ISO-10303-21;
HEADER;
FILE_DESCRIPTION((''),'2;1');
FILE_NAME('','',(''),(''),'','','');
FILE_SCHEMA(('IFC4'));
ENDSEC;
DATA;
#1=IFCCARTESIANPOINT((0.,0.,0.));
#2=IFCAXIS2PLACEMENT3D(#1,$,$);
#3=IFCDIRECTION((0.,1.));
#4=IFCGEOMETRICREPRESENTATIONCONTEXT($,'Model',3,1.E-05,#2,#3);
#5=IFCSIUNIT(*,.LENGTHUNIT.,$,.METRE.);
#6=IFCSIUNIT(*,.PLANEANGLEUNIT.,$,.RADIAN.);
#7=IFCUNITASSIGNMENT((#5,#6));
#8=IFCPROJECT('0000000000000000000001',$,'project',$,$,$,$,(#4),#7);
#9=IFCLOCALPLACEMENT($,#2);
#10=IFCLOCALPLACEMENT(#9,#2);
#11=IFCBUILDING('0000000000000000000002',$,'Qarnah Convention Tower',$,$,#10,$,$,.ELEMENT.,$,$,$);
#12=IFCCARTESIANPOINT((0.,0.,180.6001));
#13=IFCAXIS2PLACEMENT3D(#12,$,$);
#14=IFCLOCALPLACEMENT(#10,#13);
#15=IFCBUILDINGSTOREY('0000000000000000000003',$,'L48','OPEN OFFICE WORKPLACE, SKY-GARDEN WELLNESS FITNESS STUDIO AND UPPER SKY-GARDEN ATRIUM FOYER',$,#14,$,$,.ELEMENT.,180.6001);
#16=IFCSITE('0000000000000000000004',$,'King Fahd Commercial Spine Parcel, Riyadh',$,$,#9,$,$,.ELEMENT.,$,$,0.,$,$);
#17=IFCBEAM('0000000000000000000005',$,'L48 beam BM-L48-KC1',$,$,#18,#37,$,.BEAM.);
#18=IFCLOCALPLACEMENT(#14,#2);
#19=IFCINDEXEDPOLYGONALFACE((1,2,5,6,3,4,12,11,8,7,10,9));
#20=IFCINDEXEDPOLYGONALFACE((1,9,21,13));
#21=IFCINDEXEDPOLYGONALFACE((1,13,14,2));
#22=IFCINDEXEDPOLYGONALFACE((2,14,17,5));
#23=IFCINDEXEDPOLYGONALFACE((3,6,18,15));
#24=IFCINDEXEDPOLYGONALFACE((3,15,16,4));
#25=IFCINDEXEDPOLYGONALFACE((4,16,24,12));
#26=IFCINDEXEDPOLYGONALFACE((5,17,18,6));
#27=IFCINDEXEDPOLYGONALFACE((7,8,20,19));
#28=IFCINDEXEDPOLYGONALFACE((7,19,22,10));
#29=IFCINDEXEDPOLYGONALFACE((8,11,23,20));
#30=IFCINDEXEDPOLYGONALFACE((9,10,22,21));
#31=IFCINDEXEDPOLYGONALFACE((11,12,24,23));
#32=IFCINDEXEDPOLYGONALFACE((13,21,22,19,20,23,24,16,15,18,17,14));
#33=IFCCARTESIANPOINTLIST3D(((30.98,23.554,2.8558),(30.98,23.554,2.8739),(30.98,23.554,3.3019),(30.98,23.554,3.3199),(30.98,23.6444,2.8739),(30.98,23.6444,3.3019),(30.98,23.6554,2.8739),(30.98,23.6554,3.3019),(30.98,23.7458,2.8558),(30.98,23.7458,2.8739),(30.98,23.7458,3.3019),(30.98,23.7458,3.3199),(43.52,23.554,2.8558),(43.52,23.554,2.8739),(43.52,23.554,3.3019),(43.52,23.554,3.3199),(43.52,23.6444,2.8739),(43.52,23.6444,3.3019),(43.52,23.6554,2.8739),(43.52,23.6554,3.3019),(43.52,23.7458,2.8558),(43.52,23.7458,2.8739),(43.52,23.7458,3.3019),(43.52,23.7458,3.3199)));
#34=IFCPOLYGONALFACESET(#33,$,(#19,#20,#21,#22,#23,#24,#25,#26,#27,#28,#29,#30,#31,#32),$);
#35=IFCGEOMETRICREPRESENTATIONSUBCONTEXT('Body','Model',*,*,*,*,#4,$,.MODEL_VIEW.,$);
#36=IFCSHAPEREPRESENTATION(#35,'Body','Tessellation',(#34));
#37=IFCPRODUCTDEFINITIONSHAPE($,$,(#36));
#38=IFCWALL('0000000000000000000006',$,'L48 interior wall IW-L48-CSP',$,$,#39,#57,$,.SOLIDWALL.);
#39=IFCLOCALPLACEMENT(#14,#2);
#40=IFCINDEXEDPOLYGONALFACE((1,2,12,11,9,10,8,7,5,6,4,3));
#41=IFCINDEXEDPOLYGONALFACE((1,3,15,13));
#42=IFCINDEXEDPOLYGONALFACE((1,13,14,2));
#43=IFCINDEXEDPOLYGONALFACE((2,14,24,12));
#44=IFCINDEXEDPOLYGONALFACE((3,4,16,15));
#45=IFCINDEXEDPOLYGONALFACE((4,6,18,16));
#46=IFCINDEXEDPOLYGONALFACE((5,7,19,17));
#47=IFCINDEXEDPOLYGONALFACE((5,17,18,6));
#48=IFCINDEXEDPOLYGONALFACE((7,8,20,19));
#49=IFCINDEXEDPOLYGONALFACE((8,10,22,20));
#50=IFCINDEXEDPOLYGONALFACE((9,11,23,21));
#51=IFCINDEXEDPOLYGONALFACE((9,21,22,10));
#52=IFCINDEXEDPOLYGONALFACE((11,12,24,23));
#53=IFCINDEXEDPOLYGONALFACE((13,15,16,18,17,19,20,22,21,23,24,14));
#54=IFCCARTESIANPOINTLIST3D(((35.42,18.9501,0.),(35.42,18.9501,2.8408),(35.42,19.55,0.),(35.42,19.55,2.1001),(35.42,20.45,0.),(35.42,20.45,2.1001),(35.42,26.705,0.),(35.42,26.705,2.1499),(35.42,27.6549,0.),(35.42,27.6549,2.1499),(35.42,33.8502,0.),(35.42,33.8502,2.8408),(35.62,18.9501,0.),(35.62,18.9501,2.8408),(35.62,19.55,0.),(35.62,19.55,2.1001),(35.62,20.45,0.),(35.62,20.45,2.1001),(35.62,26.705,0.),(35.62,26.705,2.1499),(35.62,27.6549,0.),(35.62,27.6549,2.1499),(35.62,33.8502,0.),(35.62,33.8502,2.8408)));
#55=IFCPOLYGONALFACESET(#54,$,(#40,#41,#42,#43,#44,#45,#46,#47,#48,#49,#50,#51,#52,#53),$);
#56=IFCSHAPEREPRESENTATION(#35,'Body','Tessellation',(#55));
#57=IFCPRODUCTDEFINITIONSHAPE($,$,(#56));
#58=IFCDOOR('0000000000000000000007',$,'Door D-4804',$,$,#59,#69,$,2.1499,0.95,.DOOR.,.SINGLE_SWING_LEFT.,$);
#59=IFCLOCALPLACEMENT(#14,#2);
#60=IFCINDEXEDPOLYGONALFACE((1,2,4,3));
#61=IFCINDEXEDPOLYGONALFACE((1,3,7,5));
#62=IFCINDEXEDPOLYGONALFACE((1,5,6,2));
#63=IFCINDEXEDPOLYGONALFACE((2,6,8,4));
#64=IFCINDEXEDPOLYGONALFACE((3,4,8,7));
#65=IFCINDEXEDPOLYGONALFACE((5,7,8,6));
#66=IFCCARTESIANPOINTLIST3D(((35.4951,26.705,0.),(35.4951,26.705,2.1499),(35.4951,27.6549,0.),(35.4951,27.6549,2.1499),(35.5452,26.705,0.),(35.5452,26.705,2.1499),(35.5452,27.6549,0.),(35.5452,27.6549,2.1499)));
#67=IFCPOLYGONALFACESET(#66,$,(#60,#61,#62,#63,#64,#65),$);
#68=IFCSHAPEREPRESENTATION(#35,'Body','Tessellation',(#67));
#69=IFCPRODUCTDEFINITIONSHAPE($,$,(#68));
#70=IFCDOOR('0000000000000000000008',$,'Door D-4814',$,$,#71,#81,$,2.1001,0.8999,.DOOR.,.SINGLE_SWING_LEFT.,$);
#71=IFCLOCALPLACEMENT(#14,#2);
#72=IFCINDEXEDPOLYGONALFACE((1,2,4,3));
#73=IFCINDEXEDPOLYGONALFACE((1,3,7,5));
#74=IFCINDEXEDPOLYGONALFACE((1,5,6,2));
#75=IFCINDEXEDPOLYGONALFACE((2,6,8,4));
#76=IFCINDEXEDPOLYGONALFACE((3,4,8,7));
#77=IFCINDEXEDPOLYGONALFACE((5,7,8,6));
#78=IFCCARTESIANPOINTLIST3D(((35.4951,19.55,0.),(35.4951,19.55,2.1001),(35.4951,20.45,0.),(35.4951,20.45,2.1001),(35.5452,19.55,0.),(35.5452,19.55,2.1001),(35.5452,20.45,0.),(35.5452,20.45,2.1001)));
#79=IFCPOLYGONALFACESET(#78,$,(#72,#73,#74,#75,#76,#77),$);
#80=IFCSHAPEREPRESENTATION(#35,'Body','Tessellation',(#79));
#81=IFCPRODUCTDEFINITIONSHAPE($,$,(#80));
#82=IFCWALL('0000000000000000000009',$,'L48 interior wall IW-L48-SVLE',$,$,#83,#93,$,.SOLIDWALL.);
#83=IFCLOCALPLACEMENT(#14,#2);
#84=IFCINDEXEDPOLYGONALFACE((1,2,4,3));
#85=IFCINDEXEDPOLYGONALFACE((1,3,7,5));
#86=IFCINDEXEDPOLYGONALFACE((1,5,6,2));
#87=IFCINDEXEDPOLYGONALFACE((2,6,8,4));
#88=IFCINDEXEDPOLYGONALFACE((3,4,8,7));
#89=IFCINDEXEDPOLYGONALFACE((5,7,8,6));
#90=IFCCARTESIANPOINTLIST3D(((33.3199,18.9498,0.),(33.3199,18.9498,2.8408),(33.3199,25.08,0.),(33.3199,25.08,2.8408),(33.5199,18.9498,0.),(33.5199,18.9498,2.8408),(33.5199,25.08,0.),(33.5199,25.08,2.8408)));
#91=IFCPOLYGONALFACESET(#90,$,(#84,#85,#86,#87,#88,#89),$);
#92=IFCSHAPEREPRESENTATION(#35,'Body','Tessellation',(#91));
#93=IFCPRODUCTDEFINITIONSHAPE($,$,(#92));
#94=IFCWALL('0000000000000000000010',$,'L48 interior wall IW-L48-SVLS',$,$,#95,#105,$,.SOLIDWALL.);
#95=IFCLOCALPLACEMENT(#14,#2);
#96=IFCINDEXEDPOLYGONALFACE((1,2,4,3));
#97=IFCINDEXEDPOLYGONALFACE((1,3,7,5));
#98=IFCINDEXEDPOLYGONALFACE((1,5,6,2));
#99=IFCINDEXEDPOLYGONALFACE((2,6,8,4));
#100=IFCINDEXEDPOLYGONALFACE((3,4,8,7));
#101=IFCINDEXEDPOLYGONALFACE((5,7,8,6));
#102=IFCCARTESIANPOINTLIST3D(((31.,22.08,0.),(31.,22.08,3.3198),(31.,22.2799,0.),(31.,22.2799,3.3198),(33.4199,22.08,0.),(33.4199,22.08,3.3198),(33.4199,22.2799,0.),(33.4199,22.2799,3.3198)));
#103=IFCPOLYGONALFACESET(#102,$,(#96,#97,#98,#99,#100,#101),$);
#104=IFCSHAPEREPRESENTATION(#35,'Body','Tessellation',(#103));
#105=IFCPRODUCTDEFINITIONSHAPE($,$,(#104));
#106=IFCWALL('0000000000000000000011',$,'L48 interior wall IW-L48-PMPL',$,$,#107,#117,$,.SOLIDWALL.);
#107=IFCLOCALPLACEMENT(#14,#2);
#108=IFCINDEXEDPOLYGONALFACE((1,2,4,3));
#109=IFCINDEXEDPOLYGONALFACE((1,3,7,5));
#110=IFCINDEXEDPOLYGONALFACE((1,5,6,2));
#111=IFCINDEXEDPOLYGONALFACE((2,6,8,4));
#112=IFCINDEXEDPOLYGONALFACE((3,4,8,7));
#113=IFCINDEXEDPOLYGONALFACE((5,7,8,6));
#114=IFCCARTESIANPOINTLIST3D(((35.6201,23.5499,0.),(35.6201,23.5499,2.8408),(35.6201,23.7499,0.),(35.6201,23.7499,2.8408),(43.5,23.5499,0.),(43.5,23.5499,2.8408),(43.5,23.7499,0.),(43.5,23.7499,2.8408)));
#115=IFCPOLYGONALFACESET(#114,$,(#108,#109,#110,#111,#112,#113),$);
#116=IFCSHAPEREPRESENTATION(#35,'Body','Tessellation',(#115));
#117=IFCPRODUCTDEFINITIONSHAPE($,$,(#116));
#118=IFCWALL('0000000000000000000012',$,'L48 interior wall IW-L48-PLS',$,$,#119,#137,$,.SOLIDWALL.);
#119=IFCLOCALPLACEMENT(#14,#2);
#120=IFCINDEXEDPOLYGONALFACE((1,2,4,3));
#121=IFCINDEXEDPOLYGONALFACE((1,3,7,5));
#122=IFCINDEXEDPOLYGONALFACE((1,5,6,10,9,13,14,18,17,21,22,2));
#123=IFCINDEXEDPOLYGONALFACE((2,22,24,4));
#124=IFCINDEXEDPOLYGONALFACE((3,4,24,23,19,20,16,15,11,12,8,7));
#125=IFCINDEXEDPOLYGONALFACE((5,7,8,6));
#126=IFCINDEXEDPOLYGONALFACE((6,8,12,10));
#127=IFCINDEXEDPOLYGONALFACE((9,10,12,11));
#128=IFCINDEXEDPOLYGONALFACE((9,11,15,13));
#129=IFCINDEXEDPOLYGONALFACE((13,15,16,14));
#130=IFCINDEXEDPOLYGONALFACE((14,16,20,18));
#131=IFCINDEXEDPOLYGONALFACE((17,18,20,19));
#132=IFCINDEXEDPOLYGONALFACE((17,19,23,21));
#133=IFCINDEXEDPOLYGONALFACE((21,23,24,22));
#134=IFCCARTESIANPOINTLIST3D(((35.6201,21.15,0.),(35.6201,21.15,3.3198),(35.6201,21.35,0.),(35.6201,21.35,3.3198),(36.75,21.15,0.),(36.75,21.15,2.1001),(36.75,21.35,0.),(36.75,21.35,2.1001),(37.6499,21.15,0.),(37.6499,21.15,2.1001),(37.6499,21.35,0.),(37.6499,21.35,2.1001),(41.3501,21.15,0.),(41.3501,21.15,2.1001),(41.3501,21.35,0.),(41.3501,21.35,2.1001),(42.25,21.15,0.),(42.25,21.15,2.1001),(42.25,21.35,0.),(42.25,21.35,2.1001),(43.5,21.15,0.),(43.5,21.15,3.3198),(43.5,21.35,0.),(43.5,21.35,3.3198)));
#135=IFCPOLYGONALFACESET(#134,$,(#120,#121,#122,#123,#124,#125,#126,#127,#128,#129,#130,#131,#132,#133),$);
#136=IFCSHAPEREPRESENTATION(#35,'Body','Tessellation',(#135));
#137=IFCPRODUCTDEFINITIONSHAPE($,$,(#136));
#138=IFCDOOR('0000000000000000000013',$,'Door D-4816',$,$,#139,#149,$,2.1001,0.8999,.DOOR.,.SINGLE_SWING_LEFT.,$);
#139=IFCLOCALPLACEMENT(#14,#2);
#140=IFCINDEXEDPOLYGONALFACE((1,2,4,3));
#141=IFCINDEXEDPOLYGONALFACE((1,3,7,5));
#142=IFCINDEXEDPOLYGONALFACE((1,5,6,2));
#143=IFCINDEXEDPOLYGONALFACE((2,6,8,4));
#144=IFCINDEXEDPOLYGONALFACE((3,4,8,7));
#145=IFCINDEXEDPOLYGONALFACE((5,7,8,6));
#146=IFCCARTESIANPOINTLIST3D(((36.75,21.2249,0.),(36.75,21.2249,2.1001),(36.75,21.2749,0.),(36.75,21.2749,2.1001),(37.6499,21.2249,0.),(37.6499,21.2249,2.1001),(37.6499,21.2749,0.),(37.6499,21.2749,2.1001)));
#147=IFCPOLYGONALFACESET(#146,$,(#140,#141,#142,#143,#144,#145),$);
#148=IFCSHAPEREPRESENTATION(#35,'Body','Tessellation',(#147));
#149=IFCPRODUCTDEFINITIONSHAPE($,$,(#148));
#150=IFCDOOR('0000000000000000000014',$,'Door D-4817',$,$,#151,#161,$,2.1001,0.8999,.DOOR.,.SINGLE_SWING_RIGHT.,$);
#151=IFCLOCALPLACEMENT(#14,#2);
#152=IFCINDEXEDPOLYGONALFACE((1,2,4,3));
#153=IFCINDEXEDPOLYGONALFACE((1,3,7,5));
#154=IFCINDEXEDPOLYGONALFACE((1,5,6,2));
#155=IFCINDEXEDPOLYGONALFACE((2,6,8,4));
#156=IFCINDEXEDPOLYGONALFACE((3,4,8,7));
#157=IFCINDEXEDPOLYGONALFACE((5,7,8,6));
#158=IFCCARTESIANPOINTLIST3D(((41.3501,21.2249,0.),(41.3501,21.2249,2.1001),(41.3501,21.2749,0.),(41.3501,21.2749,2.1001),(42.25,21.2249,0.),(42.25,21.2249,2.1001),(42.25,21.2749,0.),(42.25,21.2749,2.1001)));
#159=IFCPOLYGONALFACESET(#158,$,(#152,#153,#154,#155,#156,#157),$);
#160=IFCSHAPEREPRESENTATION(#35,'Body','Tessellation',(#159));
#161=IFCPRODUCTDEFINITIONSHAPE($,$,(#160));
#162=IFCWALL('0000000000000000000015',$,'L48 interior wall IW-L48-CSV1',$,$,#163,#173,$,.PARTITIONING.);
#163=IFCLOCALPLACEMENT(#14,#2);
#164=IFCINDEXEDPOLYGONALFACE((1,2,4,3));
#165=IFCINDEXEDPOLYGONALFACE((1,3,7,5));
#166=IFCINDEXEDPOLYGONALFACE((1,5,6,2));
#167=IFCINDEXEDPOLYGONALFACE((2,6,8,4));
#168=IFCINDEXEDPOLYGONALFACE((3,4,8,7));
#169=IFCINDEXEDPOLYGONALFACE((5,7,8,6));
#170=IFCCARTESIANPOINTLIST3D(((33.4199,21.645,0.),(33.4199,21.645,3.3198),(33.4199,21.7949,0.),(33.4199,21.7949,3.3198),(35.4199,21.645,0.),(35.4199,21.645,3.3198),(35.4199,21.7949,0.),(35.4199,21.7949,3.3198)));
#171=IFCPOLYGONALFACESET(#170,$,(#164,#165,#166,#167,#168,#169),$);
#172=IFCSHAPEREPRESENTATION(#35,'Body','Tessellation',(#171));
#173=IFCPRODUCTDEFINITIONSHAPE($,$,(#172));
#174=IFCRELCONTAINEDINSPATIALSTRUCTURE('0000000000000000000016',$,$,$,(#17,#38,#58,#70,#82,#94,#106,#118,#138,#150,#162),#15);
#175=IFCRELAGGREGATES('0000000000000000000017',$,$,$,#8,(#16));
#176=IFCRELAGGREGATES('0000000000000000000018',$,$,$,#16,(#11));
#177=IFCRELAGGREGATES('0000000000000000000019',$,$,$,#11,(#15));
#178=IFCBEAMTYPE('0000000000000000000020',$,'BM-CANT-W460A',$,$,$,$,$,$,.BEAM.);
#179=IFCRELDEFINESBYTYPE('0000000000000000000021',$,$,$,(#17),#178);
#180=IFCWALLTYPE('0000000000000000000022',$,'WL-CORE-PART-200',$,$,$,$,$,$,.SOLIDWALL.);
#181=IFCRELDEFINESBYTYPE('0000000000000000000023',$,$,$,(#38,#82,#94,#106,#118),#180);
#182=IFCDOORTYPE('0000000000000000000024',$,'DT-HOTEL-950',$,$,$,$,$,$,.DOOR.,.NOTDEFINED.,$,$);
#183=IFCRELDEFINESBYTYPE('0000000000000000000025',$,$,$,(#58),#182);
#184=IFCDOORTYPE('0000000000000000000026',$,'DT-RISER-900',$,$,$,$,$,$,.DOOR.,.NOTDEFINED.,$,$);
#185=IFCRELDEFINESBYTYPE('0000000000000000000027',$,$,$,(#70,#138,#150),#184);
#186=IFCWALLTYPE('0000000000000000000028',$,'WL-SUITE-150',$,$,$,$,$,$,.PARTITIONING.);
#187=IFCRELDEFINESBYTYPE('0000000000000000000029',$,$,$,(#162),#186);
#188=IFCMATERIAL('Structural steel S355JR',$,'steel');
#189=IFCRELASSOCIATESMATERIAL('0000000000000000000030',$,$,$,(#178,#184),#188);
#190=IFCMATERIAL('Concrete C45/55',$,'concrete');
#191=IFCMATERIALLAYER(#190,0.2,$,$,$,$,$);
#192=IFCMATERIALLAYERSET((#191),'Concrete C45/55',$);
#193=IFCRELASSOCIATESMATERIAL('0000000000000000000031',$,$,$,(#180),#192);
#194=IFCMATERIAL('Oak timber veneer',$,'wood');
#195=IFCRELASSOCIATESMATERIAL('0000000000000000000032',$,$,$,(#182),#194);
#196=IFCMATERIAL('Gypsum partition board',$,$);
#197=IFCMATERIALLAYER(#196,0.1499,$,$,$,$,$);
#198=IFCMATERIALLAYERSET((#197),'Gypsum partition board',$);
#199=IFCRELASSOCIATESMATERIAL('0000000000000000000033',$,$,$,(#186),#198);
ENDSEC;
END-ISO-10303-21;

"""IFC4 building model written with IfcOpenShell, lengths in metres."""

from ifc_helpers import new_model, si_unit, direction, frame, frame_2d, origin, origin_2d, place, context, subcontext, project, spatial, rectangle, i_section, extrude, material, layer, layer_set, material_profile, profile_set, type_object, element, fill, save


model = new_model("IFC4")

# Units and contexts
model_context = context("Model", 3, precision=1e-05, world=origin(), true_north=direction((0.0, 1.0)))
body_context = subcontext(model_context, "Body", "Model", "MODEL_VIEW")
ifc_project = project(units=[si_unit("LENGTHUNIT", "METRE"), si_unit("PLANEANGLEUNIT", "RADIAN")], contexts=[model_context])

# Site, building, storey
site_placement = place(None, origin())
site = spatial("IfcSite", under=ifc_project, at=site_placement, Name="King Fahd Commercial Spine Parcel, Riyadh", CompositionType="ELEMENT", RefElevation=0.0)
building_placement = place(site_placement, origin())
building = spatial("IfcBuilding", under=site, at=building_placement, Name="Qarnah Convention Tower", CompositionType="ELEMENT")
storey_placement = place(building_placement, frame((0.0, 0.0, 180.6001)))
storey = spatial("IfcBuildingStorey", under=building, at=storey_placement, Name="L48", Description="OPEN OFFICE WORKPLACE, SKY-GARDEN WELLNESS FITNESS STUDIO AND UPPER SKY-GARDEN ATRIUM FOYER", CompositionType="ELEMENT", Elevation=180.6001)

# Beam
ifc_material_1 = material(Name="Structural steel S355JR", Category="steel")
ifc_material_profile = material_profile(ifc_material_1, i_section(OverallWidth=0.1919, OverallDepth=0.4641, WebThickness=0.011, FlangeThickness=0.0181, at=origin_2d()), Name="W460X89")
ifc_profile_set = profile_set([ifc_material_profile], Name="Structural steel S355JR")
beam_type = type_object("IfcBeamType", Name="BM-CANT-W460A", PredefinedType="BEAM", material=ifc_profile_set)
beam_placement = place(storey_placement, frame((30.98, 23.6499, 3.0879), z_axis=(1.0, 0.0, 0.0), x_axis=(0.0, 1.0, 0.0)))
element("IfcBeam", 1, at=beam_placement, inside=storey, type_object=beam_type, Name="L48 beam BM-L48-KC1", PredefinedType="BEAM", context=body_context, shape_type="SweptSolid", body=[
    extrude(i_section(OverallWidth=0.1919, OverallDepth=0.4641, WebThickness=0.011, FlangeThickness=0.0181, at=origin_2d()), origin(), (0.0, 0.0, 1.0), 12.54),
])

# Wall, openings, doors
ifc_material_2 = material(Name="Concrete C45/55", Category="concrete")
ifc_layer_1 = layer(ifc_material_2, 0.2)
ifc_layer_set_1 = layer_set([ifc_layer_1], Name="Concrete C45/55")
wall_type_1 = type_object("IfcWallType", Name="WL-CORE-PART-200", PredefinedType="SOLIDWALL", material=ifc_layer_set_1)
wall_1_placement = place(storey_placement, frame((35.52, 18.95, 0.0), z_axis=(0.0, 0.0, 1.0), x_axis=(0.0, 1.0, 0.0)))
wall_1 = element("IfcWall", 2, at=wall_1_placement, inside=storey, type_object=wall_type_1, Name="L48 interior wall IW-L48-CSP", PredefinedType="SOLIDWALL", context=body_context, shape_type="SweptSolid", body=[
    extrude(rectangle(XDim=14.9001, YDim=0.2, at=frame_2d((7.4502, 0.0))), origin(), (0.0, 0.0, 1.0), 2.8408),
])
opening_1_placement = place(wall_1_placement, frame((7.7549, 0.0, 0.0)))
opening_1 = element("IfcOpeningElement", 3, at=opening_1_placement, cuts=wall_1, PredefinedType="OPENING", context=body_context, shape_type="SweptSolid", body=[
    extrude(rectangle(XDim=0.95, YDim=2.1499, at=frame_2d((0.4751, 1.075))), frame((0.0, 0.1099, 0.0), z_axis=(0.0, -1.0, 0.0), x_axis=(1.0, 0.0, 0.0)), (0.0, 0.0, 1.0), 0.22),
])
opening_2_placement = place(wall_1_placement, frame((0.6001, 0.0, 0.0)))
opening_2 = element("IfcOpeningElement", 4, at=opening_2_placement, cuts=wall_1, PredefinedType="OPENING", context=body_context, shape_type="SweptSolid", body=[
    extrude(rectangle(XDim=0.8999, YDim=2.1001, at=frame_2d((0.45, 1.05))), frame((0.0, 0.1099, 0.0), z_axis=(0.0, -1.0, 0.0), x_axis=(1.0, 0.0, 0.0)), (0.0, 0.0, 1.0), 0.22),
])
ifc_material_3 = material(Name="Oak timber veneer", Category="wood")
door_type_1 = type_object("IfcDoorType", Name="DT-HOTEL-950", OperationType="NOTDEFINED", PredefinedType="DOOR", material=ifc_material_3)
door_1_placement = place(opening_1_placement, origin())
door_1 = element("IfcDoor", 5, at=door_1_placement, inside=storey, type_object=door_type_1, Name="Door D-4804", OperationType="SINGLE_SWING_LEFT", OverallHeight=2.1499, OverallWidth=0.95, PredefinedType="DOOR", context=body_context, shape_type="SweptSolid", body=[
    extrude(rectangle(XDim=0.95, YDim=2.1499, at=frame_2d((0.4751, 1.075))), frame((0.0, 0.0249, 0.0), z_axis=(0.0, -1.0, 0.0), x_axis=(1.0, 0.0, 0.0)), (0.0, 0.0, 1.0), 0.05),
])
fill(opening_1, door_1)
door_type_2 = type_object("IfcDoorType", Name="DT-RISER-900", OperationType="NOTDEFINED", PredefinedType="DOOR", material=ifc_material_1)
door_2_placement = place(opening_2_placement, origin())
door_2 = element("IfcDoor", 6, at=door_2_placement, inside=storey, type_object=door_type_2, Name="Door D-4814", OperationType="SINGLE_SWING_LEFT", OverallHeight=2.1001, OverallWidth=0.8999, PredefinedType="DOOR", context=body_context, shape_type="SweptSolid", body=[
    extrude(rectangle(XDim=0.8999, YDim=2.1001, at=frame_2d((0.45, 1.05))), frame((0.0, 0.0249, 0.0), z_axis=(0.0, -1.0, 0.0), x_axis=(1.0, 0.0, 0.0)), (0.0, 0.0, 1.0), 0.05),
])
fill(opening_2, door_2)

# Walls
wall_2_placement = place(storey_placement, frame((33.4199, 18.95, 0.0), z_axis=(0.0, 0.0, 1.0), x_axis=(0.0, 1.0, 0.0)))
element("IfcWall", 7, at=wall_2_placement, inside=storey, type_object=wall_type_1, Name="L48 interior wall IW-L48-SVLE", PredefinedType="SOLIDWALL", context=body_context, shape_type="SweptSolid", body=[
    extrude(rectangle(XDim=6.1301, YDim=0.2, at=frame_2d((3.0649, 0.0))), origin(), (0.0, 0.0, 1.0), 2.8408),
])
wall_3_placement = place(storey_placement, frame((31.0, 22.1799, 0.0), z_axis=(0.0, 0.0, 1.0), x_axis=(1.0, 0.0, 0.0)))
element("IfcWall", 8, at=wall_3_placement, inside=storey, type_object=wall_type_1, Name="L48 interior wall IW-L48-SVLS", PredefinedType="SOLIDWALL", context=body_context, shape_type="SweptSolid", body=[
    extrude(rectangle(XDim=2.4199, YDim=0.2, at=frame_2d((1.21, 0.0))), origin(), (0.0, 0.0, 1.0), 3.3198),
])
wall_4_placement = place(storey_placement, frame((35.6201, 23.6499, 0.0), z_axis=(0.0, 0.0, 1.0), x_axis=(1.0, 0.0, 0.0)))
element("IfcWall", 9, at=wall_4_placement, inside=storey, type_object=wall_type_1, Name="L48 interior wall IW-L48-PMPL", PredefinedType="SOLIDWALL", context=body_context, shape_type="SweptSolid", body=[
    extrude(rectangle(XDim=7.8799, YDim=0.2, at=frame_2d((3.9399, 0.0))), origin(), (0.0, 0.0, 1.0), 2.8408),
])

# Wall, openings, doors
wall_5_placement = place(storey_placement, frame((35.6201, 21.25, 0.0), z_axis=(0.0, 0.0, 1.0), x_axis=(1.0, 0.0, 0.0)))
wall_5 = element("IfcWall", 10, at=wall_5_placement, inside=storey, type_object=wall_type_1, Name="L48 interior wall IW-L48-PLS", PredefinedType="SOLIDWALL", context=body_context, shape_type="SweptSolid", body=[
    extrude(rectangle(XDim=7.8799, YDim=0.2, at=frame_2d((3.9399, 0.0))), origin(), (0.0, 0.0, 1.0), 3.3198),
])
opening_3_placement = place(wall_5_placement, frame((1.1299, 0.0, 0.0)))
opening_3 = element("IfcOpeningElement", 11, at=opening_3_placement, cuts=wall_5, PredefinedType="OPENING", context=body_context, shape_type="SweptSolid", body=[
    extrude(rectangle(XDim=0.8999, YDim=2.1001, at=frame_2d((0.45, 1.05))), frame((0.0, 0.1099, 0.0), z_axis=(0.0, -1.0, 0.0), x_axis=(1.0, 0.0, 0.0)), (0.0, 0.0, 1.0), 0.22),
])
opening_4_placement = place(wall_5_placement, frame((5.73, 0.0, 0.0)))
opening_4 = element("IfcOpeningElement", 12, at=opening_4_placement, cuts=wall_5, PredefinedType="OPENING", context=body_context, shape_type="SweptSolid", body=[
    extrude(rectangle(XDim=0.8999, YDim=2.1001, at=frame_2d((0.45, 1.05))), frame((0.0, 0.1099, 0.0), z_axis=(0.0, -1.0, 0.0), x_axis=(1.0, 0.0, 0.0)), (0.0, 0.0, 1.0), 0.22),
])
door_3_placement = place(opening_3_placement, origin())
door_3 = element("IfcDoor", 13, at=door_3_placement, inside=storey, type_object=door_type_2, Name="Door D-4816", OperationType="SINGLE_SWING_LEFT", OverallHeight=2.1001, OverallWidth=0.8999, PredefinedType="DOOR", context=body_context, shape_type="SweptSolid", body=[
    extrude(rectangle(XDim=0.8999, YDim=2.1001, at=frame_2d((0.45, 1.05))), frame((0.0, 0.0249, 0.0), z_axis=(0.0, -1.0, 0.0), x_axis=(1.0, 0.0, 0.0)), (0.0, 0.0, 1.0), 0.05),
])
fill(opening_3, door_3)
door_4_placement = place(opening_4_placement, origin())
door_4 = element("IfcDoor", 14, at=door_4_placement, inside=storey, type_object=door_type_2, Name="Door D-4817", OperationType="SINGLE_SWING_RIGHT", OverallHeight=2.1001, OverallWidth=0.8999, PredefinedType="DOOR", context=body_context, shape_type="SweptSolid", body=[
    extrude(rectangle(XDim=0.8999, YDim=2.1001, at=frame_2d((0.45, 1.05))), frame((0.0, 0.0249, 0.0), z_axis=(0.0, -1.0, 0.0), x_axis=(1.0, 0.0, 0.0)), (0.0, 0.0, 1.0), 0.05),
])
fill(opening_4, door_4)

# Wall
ifc_material_4 = material(Name="Gypsum partition board")
ifc_layer_2 = layer(ifc_material_4, 0.1499)
ifc_layer_set_2 = layer_set([ifc_layer_2], Name="Gypsum partition board")
wall_type_2 = type_object("IfcWallType", Name="WL-SUITE-150", PredefinedType="PARTITIONING", material=ifc_layer_set_2)
wall_6_placement = place(storey_placement, frame((33.4199, 21.72, 0.0), z_axis=(0.0, 0.0, 1.0), x_axis=(1.0, 0.0, 0.0)))
element("IfcWall", 15, at=wall_6_placement, inside=storey, type_object=wall_type_2, Name="L48 interior wall IW-L48-CSV1", PredefinedType="PARTITIONING", context=body_context, shape_type="SweptSolid", body=[
    extrude(rectangle(XDim=2.0, YDim=0.1499, at=frame_2d((1.0, 0.0))), origin(), (0.0, 0.0, 1.0), 3.3198),
])

save(model, "model.ifc")
